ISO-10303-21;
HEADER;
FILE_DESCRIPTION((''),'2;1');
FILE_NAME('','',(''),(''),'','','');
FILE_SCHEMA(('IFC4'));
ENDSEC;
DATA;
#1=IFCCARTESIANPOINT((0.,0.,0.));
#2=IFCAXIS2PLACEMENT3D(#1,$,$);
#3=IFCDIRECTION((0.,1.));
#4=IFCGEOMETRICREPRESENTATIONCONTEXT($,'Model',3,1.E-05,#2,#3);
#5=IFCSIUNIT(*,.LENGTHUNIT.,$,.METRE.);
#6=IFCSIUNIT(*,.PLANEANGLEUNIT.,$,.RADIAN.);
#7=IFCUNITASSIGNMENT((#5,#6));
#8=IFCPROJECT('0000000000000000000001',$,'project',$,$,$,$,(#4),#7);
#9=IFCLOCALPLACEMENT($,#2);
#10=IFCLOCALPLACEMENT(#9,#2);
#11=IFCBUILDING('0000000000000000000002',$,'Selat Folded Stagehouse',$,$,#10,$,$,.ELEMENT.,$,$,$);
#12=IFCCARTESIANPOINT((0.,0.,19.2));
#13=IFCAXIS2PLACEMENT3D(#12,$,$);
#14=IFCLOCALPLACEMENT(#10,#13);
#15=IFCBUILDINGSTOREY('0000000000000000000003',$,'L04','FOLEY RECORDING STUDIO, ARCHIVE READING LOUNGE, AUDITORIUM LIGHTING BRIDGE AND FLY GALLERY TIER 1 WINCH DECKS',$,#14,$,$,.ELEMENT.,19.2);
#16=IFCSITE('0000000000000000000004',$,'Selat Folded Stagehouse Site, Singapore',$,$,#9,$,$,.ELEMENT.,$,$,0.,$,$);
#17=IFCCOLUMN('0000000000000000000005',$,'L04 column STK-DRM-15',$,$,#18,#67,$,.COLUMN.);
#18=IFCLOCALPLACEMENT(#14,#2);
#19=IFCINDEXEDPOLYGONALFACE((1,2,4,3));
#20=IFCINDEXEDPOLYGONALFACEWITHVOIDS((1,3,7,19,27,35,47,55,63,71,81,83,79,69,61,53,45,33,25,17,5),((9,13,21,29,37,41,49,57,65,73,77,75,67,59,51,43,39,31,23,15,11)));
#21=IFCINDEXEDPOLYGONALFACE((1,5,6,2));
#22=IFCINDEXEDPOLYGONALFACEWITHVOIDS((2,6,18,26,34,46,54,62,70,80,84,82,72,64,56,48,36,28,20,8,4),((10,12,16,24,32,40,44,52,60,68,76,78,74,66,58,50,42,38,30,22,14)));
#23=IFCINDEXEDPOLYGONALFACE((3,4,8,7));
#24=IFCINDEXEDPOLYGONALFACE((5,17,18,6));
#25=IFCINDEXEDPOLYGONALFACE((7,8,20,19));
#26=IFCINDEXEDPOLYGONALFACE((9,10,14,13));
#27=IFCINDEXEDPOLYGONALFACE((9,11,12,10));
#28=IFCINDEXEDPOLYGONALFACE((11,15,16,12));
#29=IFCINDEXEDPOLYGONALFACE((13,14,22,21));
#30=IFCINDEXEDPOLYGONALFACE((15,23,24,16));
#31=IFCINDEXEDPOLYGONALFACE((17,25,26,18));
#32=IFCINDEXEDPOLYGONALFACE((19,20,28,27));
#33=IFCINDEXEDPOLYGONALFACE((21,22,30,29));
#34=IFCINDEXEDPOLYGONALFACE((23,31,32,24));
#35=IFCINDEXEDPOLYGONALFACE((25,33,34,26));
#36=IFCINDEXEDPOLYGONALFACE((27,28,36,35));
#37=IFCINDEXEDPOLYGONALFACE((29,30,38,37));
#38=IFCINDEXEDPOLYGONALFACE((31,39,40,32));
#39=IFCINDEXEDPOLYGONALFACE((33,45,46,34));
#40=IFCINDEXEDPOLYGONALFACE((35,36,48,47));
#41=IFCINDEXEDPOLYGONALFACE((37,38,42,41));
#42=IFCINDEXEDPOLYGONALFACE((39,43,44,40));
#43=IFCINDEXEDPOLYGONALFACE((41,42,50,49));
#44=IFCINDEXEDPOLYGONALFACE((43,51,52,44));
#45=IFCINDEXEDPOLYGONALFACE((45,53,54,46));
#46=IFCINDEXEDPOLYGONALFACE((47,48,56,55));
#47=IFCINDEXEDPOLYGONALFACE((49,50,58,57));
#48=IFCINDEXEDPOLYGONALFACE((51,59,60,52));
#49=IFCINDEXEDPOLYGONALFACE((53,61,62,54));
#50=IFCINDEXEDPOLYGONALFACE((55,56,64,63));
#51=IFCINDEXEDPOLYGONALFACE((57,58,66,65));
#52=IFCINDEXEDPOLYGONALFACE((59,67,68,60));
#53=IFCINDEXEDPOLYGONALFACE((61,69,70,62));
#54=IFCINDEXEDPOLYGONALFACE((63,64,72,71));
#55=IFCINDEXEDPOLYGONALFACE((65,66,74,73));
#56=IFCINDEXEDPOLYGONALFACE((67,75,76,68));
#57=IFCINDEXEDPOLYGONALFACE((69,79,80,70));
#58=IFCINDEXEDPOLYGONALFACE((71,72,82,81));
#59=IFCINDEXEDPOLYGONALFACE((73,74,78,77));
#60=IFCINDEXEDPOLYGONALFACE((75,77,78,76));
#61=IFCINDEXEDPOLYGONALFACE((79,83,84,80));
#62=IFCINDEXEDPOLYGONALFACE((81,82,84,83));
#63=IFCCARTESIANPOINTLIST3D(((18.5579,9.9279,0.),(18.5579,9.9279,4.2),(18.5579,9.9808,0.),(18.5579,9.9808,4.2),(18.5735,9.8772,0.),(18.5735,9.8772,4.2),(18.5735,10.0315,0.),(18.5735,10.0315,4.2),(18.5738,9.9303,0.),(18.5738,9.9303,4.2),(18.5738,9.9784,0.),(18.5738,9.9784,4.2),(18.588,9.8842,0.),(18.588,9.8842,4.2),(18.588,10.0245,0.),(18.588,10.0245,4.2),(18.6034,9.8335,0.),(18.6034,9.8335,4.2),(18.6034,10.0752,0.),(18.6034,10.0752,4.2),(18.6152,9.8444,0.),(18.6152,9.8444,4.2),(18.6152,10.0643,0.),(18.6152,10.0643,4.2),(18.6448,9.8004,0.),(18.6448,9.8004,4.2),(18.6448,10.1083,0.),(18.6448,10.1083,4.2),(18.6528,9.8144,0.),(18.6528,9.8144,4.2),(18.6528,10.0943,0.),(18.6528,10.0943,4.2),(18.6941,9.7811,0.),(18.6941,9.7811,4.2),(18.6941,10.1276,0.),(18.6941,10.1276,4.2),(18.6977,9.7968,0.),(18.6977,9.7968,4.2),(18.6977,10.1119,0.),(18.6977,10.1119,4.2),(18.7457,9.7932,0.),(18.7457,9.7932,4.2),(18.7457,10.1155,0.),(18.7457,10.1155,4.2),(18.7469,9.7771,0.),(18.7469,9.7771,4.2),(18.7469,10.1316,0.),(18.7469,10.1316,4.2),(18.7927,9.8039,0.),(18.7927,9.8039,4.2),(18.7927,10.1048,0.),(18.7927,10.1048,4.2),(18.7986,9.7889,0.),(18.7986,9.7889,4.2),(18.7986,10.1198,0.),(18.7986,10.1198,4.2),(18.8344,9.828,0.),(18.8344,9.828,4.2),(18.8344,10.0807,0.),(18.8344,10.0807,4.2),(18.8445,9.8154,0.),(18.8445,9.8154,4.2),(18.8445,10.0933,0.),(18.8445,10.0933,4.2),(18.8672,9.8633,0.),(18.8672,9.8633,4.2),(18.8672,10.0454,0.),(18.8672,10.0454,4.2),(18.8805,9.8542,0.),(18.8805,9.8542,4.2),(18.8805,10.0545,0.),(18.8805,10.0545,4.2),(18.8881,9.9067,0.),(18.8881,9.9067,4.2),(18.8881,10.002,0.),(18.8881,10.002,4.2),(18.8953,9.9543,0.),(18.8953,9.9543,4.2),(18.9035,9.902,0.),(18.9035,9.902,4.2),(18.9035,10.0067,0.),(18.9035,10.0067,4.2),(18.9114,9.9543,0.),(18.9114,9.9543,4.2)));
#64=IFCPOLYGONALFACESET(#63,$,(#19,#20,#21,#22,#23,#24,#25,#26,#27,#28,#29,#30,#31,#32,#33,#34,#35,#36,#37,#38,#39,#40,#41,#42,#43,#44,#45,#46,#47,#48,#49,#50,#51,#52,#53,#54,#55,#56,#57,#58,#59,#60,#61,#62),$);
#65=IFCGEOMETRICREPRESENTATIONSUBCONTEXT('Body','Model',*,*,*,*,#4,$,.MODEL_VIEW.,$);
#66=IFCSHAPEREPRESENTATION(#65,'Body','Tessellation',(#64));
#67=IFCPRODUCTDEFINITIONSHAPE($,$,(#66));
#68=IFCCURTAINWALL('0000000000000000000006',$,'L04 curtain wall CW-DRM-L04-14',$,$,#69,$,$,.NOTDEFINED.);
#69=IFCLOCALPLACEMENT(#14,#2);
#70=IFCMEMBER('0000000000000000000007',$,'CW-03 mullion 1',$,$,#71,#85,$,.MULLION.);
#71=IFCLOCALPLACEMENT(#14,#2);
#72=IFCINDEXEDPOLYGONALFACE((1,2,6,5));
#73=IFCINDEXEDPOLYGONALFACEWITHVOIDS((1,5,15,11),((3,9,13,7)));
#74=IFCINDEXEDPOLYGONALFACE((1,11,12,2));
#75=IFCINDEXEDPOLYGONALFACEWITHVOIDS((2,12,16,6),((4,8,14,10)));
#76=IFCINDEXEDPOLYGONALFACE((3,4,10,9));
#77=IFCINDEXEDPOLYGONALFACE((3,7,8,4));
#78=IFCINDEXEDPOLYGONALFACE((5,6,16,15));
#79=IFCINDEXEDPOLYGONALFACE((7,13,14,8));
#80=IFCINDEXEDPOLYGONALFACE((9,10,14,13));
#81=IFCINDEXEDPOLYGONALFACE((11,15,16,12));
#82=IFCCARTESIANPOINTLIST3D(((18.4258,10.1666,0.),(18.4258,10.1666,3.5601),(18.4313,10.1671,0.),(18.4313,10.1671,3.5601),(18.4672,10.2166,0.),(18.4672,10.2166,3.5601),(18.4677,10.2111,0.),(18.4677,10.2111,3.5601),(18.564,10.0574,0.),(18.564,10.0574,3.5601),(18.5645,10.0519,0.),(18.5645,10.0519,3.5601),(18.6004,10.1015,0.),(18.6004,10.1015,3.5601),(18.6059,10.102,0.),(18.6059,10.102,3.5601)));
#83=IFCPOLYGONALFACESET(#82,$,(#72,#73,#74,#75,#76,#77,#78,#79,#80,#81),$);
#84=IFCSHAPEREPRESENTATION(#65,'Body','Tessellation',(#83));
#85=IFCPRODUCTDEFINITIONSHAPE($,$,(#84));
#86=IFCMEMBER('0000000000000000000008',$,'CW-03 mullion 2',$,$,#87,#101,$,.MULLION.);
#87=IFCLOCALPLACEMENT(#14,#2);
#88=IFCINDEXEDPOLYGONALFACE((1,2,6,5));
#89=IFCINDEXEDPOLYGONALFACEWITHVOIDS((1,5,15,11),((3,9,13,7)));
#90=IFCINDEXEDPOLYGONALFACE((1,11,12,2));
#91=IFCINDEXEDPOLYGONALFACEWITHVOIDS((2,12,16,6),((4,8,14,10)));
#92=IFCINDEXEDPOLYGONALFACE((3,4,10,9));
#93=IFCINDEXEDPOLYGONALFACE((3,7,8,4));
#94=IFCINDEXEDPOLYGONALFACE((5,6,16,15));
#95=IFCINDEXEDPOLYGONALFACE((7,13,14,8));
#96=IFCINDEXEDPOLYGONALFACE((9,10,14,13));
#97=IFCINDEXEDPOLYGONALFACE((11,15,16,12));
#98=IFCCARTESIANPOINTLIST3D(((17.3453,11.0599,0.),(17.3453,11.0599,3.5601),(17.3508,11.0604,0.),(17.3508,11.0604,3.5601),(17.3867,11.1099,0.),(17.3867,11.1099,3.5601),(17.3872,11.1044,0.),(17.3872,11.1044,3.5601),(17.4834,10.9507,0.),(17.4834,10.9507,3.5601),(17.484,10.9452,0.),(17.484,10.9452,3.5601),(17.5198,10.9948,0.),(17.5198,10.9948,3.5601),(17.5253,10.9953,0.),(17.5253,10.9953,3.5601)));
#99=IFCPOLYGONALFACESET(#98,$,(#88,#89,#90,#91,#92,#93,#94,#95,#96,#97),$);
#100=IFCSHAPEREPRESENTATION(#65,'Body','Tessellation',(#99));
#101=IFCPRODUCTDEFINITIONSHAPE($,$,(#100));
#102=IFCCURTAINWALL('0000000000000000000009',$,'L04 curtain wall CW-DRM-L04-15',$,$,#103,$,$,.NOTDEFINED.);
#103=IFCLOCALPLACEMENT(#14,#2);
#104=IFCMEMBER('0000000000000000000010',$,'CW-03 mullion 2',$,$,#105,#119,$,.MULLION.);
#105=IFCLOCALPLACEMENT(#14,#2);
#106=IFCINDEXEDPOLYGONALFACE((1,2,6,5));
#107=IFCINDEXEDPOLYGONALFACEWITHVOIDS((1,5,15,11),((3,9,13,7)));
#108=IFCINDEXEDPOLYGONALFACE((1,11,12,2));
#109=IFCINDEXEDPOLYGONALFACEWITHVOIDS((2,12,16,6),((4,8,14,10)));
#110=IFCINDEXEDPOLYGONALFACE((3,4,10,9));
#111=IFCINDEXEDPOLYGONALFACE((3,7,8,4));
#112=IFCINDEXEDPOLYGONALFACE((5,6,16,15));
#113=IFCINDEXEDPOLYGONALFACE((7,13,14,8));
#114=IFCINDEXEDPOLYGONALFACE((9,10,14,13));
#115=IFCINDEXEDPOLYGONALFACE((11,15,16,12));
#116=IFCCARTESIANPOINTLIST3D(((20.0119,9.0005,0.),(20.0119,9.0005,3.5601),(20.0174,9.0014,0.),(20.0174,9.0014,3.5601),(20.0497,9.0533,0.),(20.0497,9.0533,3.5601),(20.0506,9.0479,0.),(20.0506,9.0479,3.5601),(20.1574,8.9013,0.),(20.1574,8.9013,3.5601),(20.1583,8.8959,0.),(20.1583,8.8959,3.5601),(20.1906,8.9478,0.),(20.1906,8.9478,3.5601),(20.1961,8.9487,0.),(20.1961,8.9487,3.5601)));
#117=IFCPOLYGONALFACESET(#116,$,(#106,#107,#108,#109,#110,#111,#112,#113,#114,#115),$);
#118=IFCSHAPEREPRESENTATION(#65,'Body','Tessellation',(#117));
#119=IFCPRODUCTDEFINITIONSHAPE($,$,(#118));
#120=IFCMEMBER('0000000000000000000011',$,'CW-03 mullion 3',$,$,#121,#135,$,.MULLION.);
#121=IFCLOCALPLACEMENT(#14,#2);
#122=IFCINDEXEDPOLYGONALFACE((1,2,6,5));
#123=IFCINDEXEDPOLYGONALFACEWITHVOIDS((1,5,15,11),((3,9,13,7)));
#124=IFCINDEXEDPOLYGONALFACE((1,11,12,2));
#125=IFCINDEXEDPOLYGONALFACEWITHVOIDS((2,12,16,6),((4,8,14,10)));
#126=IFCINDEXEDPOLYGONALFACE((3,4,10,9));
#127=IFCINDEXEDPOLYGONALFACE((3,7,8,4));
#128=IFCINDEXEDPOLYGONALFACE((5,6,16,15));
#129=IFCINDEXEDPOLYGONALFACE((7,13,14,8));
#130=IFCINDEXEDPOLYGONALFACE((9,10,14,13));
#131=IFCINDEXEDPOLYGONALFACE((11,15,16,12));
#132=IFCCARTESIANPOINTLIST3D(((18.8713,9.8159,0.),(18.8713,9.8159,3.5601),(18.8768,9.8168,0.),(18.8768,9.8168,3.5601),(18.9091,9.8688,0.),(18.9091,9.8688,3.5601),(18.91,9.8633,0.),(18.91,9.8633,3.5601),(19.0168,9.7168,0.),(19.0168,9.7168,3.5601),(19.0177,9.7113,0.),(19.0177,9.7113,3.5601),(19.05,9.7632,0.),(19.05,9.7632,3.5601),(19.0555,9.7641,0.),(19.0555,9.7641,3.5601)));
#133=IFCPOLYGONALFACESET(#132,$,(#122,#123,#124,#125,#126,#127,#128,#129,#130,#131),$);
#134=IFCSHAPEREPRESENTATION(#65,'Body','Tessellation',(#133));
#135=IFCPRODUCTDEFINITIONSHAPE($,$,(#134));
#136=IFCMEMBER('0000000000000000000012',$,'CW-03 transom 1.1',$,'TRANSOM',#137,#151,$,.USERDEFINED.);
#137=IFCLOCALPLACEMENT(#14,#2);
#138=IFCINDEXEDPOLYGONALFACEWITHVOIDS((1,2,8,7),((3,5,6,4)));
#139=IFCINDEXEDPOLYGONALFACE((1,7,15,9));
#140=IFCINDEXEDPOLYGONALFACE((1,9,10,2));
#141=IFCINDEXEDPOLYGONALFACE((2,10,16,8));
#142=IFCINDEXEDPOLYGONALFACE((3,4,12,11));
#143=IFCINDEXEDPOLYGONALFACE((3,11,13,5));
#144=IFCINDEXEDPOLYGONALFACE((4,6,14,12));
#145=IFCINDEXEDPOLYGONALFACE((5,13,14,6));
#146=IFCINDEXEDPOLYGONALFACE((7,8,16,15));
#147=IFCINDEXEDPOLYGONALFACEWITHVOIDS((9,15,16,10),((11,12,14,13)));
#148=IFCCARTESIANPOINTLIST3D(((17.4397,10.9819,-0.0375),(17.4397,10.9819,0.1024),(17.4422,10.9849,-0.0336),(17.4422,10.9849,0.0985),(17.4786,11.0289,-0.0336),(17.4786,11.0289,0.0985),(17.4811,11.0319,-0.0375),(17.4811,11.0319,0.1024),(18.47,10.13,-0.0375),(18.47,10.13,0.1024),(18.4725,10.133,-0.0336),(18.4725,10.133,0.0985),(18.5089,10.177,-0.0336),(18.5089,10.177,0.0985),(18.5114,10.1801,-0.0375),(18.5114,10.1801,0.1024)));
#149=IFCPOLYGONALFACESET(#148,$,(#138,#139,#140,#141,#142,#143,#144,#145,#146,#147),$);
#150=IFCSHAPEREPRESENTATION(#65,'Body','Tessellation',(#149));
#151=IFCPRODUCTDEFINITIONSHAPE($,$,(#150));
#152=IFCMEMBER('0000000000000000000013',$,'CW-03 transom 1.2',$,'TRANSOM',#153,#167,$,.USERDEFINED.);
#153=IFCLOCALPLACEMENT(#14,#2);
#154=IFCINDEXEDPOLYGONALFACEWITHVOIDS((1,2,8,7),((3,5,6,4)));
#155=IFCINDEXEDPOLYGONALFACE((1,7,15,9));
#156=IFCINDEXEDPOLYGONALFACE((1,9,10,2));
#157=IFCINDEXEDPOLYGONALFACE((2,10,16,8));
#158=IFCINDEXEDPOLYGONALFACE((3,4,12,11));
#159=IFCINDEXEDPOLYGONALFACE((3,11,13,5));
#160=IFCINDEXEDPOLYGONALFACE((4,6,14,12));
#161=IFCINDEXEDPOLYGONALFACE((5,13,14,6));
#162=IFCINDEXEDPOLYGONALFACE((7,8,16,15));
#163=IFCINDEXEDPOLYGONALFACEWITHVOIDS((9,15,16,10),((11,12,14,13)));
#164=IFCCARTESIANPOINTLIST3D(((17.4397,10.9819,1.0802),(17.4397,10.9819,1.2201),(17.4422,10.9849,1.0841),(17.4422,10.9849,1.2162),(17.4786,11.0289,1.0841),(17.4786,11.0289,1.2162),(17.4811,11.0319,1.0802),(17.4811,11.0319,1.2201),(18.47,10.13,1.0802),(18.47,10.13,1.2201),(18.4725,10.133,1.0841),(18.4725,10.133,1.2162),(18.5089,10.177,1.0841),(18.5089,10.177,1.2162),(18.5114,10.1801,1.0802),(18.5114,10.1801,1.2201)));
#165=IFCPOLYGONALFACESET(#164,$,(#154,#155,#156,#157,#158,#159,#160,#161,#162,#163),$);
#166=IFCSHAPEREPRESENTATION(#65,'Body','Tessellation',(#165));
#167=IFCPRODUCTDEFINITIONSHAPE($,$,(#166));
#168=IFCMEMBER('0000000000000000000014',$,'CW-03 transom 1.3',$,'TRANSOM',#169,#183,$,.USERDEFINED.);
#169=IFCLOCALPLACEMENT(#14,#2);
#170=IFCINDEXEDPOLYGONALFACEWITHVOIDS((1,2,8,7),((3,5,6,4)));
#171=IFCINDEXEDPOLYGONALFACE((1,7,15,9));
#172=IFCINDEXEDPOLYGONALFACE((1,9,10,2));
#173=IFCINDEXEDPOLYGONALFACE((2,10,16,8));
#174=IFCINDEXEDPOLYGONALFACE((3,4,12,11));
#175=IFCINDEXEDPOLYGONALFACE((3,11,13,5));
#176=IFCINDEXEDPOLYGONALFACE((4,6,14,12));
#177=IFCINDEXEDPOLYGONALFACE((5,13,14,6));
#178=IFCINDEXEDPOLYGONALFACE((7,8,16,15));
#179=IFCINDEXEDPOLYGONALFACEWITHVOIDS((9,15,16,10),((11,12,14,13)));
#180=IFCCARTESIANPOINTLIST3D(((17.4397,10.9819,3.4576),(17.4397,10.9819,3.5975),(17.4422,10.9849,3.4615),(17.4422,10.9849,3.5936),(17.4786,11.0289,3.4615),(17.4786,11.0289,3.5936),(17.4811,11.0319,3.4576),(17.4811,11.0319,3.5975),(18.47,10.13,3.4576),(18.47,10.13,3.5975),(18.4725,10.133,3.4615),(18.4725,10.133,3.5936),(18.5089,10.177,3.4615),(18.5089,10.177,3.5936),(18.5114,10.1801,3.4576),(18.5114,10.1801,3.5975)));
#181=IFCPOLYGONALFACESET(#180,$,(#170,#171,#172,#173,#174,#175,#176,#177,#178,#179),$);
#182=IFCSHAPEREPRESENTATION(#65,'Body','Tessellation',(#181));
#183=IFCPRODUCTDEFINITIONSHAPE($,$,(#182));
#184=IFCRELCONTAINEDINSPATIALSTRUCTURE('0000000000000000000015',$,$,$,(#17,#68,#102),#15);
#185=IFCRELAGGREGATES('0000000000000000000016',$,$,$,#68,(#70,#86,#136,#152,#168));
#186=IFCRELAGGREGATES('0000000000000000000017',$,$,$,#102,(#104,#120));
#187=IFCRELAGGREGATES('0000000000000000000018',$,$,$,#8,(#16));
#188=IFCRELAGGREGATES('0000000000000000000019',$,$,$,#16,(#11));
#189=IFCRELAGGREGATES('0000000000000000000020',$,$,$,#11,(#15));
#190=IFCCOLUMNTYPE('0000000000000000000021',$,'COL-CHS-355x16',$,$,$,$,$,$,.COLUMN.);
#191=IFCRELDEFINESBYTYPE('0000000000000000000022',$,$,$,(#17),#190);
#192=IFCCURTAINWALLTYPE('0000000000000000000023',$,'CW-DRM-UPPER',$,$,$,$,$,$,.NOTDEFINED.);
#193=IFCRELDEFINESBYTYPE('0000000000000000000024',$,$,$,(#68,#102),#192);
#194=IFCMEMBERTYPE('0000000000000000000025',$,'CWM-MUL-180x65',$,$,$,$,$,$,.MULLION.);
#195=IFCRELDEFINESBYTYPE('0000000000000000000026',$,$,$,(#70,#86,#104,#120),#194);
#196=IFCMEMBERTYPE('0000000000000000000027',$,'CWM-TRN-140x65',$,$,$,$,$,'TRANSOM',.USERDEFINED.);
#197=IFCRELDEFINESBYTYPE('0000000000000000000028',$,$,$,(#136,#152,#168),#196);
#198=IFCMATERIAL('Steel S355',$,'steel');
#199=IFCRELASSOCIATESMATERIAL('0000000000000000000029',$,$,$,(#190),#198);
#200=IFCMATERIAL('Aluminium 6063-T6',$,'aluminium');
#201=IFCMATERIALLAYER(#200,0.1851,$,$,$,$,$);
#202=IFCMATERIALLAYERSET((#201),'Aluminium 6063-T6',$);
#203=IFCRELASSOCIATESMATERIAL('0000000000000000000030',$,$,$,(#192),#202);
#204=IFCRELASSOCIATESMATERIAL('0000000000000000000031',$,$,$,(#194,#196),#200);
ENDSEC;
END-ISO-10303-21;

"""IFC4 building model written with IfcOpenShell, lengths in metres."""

from ifc_helpers import new_model, si_unit, direction, frame, origin, origin_2d, place, context, subcontext, project, spatial, hollow_rectangle, hollow_circle, extrude, material, layer, layer_set, material_profile, profile_set, type_object, element, aggregate, save


model = new_model("IFC4")

# Units and contexts
model_context = context("Model", 3, precision=1e-05, world=origin(), true_north=direction((0.0, 1.0)))
body_context = subcontext(model_context, "Body", "Model", "MODEL_VIEW")
ifc_project = project(units=[si_unit("LENGTHUNIT", "METRE"), si_unit("PLANEANGLEUNIT", "RADIAN")], contexts=[model_context])

# Site, building, storey
site_placement = place(None, origin())
site = spatial("IfcSite", under=ifc_project, at=site_placement, Name="Selat Folded Stagehouse Site, Singapore", CompositionType="ELEMENT", RefElevation=0.0)
building_placement = place(site_placement, origin())
building = spatial("IfcBuilding", under=site, at=building_placement, Name="Selat Folded Stagehouse", CompositionType="ELEMENT")
storey_placement = place(building_placement, frame((0.0, 0.0, 19.2)))
storey = spatial("IfcBuildingStorey", under=building, at=storey_placement, Name="L04", Description="FOLEY RECORDING STUDIO, ARCHIVE READING LOUNGE, AUDITORIUM LIGHTING BRIDGE AND FLY GALLERY TIER 1 WINCH DECKS", CompositionType="ELEMENT", Elevation=19.2)

# Column
ifc_material_1 = material(Name="Steel S355", Category="steel")
ifc_material_profile_1 = material_profile(ifc_material_1, hollow_circle(Radius=0.1777, WallThickness=0.0161, at=origin_2d()), Name="CHS 355.6x16.0")
ifc_profile_set_1 = profile_set([ifc_material_profile_1], Name="Steel S355")
column_type = type_object("IfcColumnType", Name="COL-CHS-355x16", PredefinedType="COLUMN", material=ifc_profile_set_1)
column_placement = place(storey_placement, frame((18.7336, 9.9543, 0.0), z_axis=(0.0, 0.0, 1.0), x_axis=(1.0, 0.0, 0.0)))
element("IfcColumn", 1, at=column_placement, inside=storey, type_object=column_type, Name="L04 column STK-DRM-15", PredefinedType="COLUMN", context=body_context, shape_type="SweptSolid", body=[
    extrude(hollow_circle(Radius=0.1777, WallThickness=0.0161, at=origin_2d()), origin(), (0.0, 0.0, 1.0), 4.2),
])

# Curtain walls, members
ifc_material_2 = material(Name="Aluminium 6063-T6", Category="aluminium")
ifc_layer_1 = layer(ifc_material_2, 0.1851)
ifc_layer_set_1 = layer_set([ifc_layer_1], Name="Aluminium 6063-T6")
curtain_wall_type = type_object("IfcCurtainWallType", Name="CW-DRM-UPPER", PredefinedType="NOTDEFINED", material=ifc_layer_set_1)
curtain_wall_1_placement = place(storey_placement, origin())
curtain_wall_1 = element("IfcCurtainWall", 2, at=curtain_wall_1_placement, inside=storey, type_object=curtain_wall_type, Name="L04 curtain wall CW-DRM-L04-14", PredefinedType="NOTDEFINED")
ifc_material_profile_2 = material_profile(ifc_material_2, hollow_rectangle(XDim=0.0649, YDim=0.1799, WallThickness=0.0039, at=origin_2d()), Name="ALU 180x65x4.0")
ifc_profile_set_2 = profile_set([ifc_material_profile_2], Name="Aluminium 6063-T6")
member_type_1 = type_object("IfcMemberType", Name="CWM-MUL-180x65", PredefinedType="MULLION", material=ifc_profile_set_2)
member_1_placement = place(storey_placement, frame((18.5159, 10.1343, 0.0), z_axis=(0.0, 0.0, 1.0), x_axis=(-0.637142, -0.770747, 0.0)))
member_1 = element("IfcMember", 3, at=member_1_placement, type_object=member_type_1, Name="CW-03 mullion 1", PredefinedType="MULLION", context=body_context, shape_type="SweptSolid", body=[
    extrude(hollow_rectangle(XDim=0.0649, YDim=0.1799, WallThickness=0.0039, at=origin_2d()), origin(), (0.0, 0.0, 1.0), 3.5601),
])
member_2_placement = place(storey_placement, frame((17.4353, 11.0276, 0.0), z_axis=(0.0, 0.0, 1.0), x_axis=(-0.637142, -0.770747, 0.0)))
member_2 = element("IfcMember", 4, at=member_2_placement, type_object=member_type_1, Name="CW-03 mullion 2", PredefinedType="MULLION", context=body_context, shape_type="SweptSolid", body=[
    extrude(hollow_rectangle(XDim=0.0649, YDim=0.1799, WallThickness=0.0039, at=origin_2d()), origin(), (0.0, 0.0, 1.0), 3.5601),
])
curtain_wall_2_placement = place(storey_placement, origin())
curtain_wall_2 = element("IfcCurtainWall", 5, at=curtain_wall_2_placement, inside=storey, type_object=curtain_wall_type, Name="L04 curtain wall CW-DRM-L04-15", PredefinedType="NOTDEFINED")
member_3_placement = place(storey_placement, frame((20.104, 8.9746, 0.0), z_axis=(0.0, 0.0, 1.0), x_axis=(-0.581528, -0.813526, 0.0)))
member_3 = element("IfcMember", 6, at=member_3_placement, type_object=member_type_1, Name="CW-03 mullion 2", PredefinedType="MULLION", context=body_context, shape_type="SweptSolid", body=[
    extrude(hollow_rectangle(XDim=0.0649, YDim=0.1799, WallThickness=0.0039, at=origin_2d()), origin(), (0.0, 0.0, 1.0), 3.5601),
])
member_4_placement = place(storey_placement, frame((18.9634, 9.79, 0.0), z_axis=(0.0, 0.0, 1.0), x_axis=(-0.581528, -0.813526, 0.0)))
member_4 = element("IfcMember", 7, at=member_4_placement, type_object=member_type_1, Name="CW-03 mullion 3", PredefinedType="MULLION", context=body_context, shape_type="SweptSolid", body=[
    extrude(hollow_rectangle(XDim=0.0649, YDim=0.1799, WallThickness=0.0039, at=origin_2d()), origin(), (0.0, 0.0, 1.0), 3.5601),
])

# Members
ifc_material_profile_3 = material_profile(ifc_material_2, hollow_rectangle(XDim=0.0649, YDim=0.1399, WallThickness=0.0039, at=origin_2d()), Name="ALU 140x65x4.0")
ifc_profile_set_3 = profile_set([ifc_material_profile_3], Name="Aluminium 6063-T6")
member_type_2 = type_object("IfcMemberType", Name="CWM-TRN-140x65", ElementType="TRANSOM", PredefinedType="USERDEFINED", material=ifc_profile_set_3)
member_5_placement = place(storey_placement, frame((18.4907, 10.155, 0.0325), z_axis=(-0.7707, 0.637198, 0.0), x_axis=(-0.637198, -0.7707, 0.0)))
member_5 = element("IfcMember", 8, at=member_5_placement, type_object=member_type_2, Name="CW-03 transom 1.1", ObjectType="TRANSOM", PredefinedType="USERDEFINED", context=body_context, shape_type="SweptSolid", body=[
    extrude(hollow_rectangle(XDim=0.0649, YDim=0.1399, WallThickness=0.0039, at=origin_2d()), origin(), (0.0, 0.0, 1.0), 1.3369),
])
member_6_placement = place(storey_placement, frame((18.4907, 10.155, 1.1501), z_axis=(-0.7707, 0.637198, 0.0), x_axis=(-0.637198, -0.7707, 0.0)))
member_6 = element("IfcMember", 9, at=member_6_placement, type_object=member_type_2, Name="CW-03 transom 1.2", ObjectType="TRANSOM", PredefinedType="USERDEFINED", context=body_context, shape_type="SweptSolid", body=[
    extrude(hollow_rectangle(XDim=0.0649, YDim=0.1399, WallThickness=0.0039, at=origin_2d()), origin(), (0.0, 0.0, 1.0), 1.3369),
])
member_7_placement = place(storey_placement, frame((18.4907, 10.155, 3.5276), z_axis=(-0.7707, 0.637198, 0.0), x_axis=(-0.637198, -0.7707, 0.0)))
member_7 = element("IfcMember", 10, at=member_7_placement, type_object=member_type_2, Name="CW-03 transom 1.3", ObjectType="TRANSOM", PredefinedType="USERDEFINED", context=body_context, shape_type="SweptSolid", body=[
    extrude(hollow_rectangle(XDim=0.0649, YDim=0.1399, WallThickness=0.0039, at=origin_2d()), origin(), (0.0, 0.0, 1.0), 1.3369),
])

aggregate(curtain_wall_1, [member_1, member_2, member_5, member_6, member_7])
aggregate(curtain_wall_2, [member_3, member_4])

save(model, "model.ifc")
